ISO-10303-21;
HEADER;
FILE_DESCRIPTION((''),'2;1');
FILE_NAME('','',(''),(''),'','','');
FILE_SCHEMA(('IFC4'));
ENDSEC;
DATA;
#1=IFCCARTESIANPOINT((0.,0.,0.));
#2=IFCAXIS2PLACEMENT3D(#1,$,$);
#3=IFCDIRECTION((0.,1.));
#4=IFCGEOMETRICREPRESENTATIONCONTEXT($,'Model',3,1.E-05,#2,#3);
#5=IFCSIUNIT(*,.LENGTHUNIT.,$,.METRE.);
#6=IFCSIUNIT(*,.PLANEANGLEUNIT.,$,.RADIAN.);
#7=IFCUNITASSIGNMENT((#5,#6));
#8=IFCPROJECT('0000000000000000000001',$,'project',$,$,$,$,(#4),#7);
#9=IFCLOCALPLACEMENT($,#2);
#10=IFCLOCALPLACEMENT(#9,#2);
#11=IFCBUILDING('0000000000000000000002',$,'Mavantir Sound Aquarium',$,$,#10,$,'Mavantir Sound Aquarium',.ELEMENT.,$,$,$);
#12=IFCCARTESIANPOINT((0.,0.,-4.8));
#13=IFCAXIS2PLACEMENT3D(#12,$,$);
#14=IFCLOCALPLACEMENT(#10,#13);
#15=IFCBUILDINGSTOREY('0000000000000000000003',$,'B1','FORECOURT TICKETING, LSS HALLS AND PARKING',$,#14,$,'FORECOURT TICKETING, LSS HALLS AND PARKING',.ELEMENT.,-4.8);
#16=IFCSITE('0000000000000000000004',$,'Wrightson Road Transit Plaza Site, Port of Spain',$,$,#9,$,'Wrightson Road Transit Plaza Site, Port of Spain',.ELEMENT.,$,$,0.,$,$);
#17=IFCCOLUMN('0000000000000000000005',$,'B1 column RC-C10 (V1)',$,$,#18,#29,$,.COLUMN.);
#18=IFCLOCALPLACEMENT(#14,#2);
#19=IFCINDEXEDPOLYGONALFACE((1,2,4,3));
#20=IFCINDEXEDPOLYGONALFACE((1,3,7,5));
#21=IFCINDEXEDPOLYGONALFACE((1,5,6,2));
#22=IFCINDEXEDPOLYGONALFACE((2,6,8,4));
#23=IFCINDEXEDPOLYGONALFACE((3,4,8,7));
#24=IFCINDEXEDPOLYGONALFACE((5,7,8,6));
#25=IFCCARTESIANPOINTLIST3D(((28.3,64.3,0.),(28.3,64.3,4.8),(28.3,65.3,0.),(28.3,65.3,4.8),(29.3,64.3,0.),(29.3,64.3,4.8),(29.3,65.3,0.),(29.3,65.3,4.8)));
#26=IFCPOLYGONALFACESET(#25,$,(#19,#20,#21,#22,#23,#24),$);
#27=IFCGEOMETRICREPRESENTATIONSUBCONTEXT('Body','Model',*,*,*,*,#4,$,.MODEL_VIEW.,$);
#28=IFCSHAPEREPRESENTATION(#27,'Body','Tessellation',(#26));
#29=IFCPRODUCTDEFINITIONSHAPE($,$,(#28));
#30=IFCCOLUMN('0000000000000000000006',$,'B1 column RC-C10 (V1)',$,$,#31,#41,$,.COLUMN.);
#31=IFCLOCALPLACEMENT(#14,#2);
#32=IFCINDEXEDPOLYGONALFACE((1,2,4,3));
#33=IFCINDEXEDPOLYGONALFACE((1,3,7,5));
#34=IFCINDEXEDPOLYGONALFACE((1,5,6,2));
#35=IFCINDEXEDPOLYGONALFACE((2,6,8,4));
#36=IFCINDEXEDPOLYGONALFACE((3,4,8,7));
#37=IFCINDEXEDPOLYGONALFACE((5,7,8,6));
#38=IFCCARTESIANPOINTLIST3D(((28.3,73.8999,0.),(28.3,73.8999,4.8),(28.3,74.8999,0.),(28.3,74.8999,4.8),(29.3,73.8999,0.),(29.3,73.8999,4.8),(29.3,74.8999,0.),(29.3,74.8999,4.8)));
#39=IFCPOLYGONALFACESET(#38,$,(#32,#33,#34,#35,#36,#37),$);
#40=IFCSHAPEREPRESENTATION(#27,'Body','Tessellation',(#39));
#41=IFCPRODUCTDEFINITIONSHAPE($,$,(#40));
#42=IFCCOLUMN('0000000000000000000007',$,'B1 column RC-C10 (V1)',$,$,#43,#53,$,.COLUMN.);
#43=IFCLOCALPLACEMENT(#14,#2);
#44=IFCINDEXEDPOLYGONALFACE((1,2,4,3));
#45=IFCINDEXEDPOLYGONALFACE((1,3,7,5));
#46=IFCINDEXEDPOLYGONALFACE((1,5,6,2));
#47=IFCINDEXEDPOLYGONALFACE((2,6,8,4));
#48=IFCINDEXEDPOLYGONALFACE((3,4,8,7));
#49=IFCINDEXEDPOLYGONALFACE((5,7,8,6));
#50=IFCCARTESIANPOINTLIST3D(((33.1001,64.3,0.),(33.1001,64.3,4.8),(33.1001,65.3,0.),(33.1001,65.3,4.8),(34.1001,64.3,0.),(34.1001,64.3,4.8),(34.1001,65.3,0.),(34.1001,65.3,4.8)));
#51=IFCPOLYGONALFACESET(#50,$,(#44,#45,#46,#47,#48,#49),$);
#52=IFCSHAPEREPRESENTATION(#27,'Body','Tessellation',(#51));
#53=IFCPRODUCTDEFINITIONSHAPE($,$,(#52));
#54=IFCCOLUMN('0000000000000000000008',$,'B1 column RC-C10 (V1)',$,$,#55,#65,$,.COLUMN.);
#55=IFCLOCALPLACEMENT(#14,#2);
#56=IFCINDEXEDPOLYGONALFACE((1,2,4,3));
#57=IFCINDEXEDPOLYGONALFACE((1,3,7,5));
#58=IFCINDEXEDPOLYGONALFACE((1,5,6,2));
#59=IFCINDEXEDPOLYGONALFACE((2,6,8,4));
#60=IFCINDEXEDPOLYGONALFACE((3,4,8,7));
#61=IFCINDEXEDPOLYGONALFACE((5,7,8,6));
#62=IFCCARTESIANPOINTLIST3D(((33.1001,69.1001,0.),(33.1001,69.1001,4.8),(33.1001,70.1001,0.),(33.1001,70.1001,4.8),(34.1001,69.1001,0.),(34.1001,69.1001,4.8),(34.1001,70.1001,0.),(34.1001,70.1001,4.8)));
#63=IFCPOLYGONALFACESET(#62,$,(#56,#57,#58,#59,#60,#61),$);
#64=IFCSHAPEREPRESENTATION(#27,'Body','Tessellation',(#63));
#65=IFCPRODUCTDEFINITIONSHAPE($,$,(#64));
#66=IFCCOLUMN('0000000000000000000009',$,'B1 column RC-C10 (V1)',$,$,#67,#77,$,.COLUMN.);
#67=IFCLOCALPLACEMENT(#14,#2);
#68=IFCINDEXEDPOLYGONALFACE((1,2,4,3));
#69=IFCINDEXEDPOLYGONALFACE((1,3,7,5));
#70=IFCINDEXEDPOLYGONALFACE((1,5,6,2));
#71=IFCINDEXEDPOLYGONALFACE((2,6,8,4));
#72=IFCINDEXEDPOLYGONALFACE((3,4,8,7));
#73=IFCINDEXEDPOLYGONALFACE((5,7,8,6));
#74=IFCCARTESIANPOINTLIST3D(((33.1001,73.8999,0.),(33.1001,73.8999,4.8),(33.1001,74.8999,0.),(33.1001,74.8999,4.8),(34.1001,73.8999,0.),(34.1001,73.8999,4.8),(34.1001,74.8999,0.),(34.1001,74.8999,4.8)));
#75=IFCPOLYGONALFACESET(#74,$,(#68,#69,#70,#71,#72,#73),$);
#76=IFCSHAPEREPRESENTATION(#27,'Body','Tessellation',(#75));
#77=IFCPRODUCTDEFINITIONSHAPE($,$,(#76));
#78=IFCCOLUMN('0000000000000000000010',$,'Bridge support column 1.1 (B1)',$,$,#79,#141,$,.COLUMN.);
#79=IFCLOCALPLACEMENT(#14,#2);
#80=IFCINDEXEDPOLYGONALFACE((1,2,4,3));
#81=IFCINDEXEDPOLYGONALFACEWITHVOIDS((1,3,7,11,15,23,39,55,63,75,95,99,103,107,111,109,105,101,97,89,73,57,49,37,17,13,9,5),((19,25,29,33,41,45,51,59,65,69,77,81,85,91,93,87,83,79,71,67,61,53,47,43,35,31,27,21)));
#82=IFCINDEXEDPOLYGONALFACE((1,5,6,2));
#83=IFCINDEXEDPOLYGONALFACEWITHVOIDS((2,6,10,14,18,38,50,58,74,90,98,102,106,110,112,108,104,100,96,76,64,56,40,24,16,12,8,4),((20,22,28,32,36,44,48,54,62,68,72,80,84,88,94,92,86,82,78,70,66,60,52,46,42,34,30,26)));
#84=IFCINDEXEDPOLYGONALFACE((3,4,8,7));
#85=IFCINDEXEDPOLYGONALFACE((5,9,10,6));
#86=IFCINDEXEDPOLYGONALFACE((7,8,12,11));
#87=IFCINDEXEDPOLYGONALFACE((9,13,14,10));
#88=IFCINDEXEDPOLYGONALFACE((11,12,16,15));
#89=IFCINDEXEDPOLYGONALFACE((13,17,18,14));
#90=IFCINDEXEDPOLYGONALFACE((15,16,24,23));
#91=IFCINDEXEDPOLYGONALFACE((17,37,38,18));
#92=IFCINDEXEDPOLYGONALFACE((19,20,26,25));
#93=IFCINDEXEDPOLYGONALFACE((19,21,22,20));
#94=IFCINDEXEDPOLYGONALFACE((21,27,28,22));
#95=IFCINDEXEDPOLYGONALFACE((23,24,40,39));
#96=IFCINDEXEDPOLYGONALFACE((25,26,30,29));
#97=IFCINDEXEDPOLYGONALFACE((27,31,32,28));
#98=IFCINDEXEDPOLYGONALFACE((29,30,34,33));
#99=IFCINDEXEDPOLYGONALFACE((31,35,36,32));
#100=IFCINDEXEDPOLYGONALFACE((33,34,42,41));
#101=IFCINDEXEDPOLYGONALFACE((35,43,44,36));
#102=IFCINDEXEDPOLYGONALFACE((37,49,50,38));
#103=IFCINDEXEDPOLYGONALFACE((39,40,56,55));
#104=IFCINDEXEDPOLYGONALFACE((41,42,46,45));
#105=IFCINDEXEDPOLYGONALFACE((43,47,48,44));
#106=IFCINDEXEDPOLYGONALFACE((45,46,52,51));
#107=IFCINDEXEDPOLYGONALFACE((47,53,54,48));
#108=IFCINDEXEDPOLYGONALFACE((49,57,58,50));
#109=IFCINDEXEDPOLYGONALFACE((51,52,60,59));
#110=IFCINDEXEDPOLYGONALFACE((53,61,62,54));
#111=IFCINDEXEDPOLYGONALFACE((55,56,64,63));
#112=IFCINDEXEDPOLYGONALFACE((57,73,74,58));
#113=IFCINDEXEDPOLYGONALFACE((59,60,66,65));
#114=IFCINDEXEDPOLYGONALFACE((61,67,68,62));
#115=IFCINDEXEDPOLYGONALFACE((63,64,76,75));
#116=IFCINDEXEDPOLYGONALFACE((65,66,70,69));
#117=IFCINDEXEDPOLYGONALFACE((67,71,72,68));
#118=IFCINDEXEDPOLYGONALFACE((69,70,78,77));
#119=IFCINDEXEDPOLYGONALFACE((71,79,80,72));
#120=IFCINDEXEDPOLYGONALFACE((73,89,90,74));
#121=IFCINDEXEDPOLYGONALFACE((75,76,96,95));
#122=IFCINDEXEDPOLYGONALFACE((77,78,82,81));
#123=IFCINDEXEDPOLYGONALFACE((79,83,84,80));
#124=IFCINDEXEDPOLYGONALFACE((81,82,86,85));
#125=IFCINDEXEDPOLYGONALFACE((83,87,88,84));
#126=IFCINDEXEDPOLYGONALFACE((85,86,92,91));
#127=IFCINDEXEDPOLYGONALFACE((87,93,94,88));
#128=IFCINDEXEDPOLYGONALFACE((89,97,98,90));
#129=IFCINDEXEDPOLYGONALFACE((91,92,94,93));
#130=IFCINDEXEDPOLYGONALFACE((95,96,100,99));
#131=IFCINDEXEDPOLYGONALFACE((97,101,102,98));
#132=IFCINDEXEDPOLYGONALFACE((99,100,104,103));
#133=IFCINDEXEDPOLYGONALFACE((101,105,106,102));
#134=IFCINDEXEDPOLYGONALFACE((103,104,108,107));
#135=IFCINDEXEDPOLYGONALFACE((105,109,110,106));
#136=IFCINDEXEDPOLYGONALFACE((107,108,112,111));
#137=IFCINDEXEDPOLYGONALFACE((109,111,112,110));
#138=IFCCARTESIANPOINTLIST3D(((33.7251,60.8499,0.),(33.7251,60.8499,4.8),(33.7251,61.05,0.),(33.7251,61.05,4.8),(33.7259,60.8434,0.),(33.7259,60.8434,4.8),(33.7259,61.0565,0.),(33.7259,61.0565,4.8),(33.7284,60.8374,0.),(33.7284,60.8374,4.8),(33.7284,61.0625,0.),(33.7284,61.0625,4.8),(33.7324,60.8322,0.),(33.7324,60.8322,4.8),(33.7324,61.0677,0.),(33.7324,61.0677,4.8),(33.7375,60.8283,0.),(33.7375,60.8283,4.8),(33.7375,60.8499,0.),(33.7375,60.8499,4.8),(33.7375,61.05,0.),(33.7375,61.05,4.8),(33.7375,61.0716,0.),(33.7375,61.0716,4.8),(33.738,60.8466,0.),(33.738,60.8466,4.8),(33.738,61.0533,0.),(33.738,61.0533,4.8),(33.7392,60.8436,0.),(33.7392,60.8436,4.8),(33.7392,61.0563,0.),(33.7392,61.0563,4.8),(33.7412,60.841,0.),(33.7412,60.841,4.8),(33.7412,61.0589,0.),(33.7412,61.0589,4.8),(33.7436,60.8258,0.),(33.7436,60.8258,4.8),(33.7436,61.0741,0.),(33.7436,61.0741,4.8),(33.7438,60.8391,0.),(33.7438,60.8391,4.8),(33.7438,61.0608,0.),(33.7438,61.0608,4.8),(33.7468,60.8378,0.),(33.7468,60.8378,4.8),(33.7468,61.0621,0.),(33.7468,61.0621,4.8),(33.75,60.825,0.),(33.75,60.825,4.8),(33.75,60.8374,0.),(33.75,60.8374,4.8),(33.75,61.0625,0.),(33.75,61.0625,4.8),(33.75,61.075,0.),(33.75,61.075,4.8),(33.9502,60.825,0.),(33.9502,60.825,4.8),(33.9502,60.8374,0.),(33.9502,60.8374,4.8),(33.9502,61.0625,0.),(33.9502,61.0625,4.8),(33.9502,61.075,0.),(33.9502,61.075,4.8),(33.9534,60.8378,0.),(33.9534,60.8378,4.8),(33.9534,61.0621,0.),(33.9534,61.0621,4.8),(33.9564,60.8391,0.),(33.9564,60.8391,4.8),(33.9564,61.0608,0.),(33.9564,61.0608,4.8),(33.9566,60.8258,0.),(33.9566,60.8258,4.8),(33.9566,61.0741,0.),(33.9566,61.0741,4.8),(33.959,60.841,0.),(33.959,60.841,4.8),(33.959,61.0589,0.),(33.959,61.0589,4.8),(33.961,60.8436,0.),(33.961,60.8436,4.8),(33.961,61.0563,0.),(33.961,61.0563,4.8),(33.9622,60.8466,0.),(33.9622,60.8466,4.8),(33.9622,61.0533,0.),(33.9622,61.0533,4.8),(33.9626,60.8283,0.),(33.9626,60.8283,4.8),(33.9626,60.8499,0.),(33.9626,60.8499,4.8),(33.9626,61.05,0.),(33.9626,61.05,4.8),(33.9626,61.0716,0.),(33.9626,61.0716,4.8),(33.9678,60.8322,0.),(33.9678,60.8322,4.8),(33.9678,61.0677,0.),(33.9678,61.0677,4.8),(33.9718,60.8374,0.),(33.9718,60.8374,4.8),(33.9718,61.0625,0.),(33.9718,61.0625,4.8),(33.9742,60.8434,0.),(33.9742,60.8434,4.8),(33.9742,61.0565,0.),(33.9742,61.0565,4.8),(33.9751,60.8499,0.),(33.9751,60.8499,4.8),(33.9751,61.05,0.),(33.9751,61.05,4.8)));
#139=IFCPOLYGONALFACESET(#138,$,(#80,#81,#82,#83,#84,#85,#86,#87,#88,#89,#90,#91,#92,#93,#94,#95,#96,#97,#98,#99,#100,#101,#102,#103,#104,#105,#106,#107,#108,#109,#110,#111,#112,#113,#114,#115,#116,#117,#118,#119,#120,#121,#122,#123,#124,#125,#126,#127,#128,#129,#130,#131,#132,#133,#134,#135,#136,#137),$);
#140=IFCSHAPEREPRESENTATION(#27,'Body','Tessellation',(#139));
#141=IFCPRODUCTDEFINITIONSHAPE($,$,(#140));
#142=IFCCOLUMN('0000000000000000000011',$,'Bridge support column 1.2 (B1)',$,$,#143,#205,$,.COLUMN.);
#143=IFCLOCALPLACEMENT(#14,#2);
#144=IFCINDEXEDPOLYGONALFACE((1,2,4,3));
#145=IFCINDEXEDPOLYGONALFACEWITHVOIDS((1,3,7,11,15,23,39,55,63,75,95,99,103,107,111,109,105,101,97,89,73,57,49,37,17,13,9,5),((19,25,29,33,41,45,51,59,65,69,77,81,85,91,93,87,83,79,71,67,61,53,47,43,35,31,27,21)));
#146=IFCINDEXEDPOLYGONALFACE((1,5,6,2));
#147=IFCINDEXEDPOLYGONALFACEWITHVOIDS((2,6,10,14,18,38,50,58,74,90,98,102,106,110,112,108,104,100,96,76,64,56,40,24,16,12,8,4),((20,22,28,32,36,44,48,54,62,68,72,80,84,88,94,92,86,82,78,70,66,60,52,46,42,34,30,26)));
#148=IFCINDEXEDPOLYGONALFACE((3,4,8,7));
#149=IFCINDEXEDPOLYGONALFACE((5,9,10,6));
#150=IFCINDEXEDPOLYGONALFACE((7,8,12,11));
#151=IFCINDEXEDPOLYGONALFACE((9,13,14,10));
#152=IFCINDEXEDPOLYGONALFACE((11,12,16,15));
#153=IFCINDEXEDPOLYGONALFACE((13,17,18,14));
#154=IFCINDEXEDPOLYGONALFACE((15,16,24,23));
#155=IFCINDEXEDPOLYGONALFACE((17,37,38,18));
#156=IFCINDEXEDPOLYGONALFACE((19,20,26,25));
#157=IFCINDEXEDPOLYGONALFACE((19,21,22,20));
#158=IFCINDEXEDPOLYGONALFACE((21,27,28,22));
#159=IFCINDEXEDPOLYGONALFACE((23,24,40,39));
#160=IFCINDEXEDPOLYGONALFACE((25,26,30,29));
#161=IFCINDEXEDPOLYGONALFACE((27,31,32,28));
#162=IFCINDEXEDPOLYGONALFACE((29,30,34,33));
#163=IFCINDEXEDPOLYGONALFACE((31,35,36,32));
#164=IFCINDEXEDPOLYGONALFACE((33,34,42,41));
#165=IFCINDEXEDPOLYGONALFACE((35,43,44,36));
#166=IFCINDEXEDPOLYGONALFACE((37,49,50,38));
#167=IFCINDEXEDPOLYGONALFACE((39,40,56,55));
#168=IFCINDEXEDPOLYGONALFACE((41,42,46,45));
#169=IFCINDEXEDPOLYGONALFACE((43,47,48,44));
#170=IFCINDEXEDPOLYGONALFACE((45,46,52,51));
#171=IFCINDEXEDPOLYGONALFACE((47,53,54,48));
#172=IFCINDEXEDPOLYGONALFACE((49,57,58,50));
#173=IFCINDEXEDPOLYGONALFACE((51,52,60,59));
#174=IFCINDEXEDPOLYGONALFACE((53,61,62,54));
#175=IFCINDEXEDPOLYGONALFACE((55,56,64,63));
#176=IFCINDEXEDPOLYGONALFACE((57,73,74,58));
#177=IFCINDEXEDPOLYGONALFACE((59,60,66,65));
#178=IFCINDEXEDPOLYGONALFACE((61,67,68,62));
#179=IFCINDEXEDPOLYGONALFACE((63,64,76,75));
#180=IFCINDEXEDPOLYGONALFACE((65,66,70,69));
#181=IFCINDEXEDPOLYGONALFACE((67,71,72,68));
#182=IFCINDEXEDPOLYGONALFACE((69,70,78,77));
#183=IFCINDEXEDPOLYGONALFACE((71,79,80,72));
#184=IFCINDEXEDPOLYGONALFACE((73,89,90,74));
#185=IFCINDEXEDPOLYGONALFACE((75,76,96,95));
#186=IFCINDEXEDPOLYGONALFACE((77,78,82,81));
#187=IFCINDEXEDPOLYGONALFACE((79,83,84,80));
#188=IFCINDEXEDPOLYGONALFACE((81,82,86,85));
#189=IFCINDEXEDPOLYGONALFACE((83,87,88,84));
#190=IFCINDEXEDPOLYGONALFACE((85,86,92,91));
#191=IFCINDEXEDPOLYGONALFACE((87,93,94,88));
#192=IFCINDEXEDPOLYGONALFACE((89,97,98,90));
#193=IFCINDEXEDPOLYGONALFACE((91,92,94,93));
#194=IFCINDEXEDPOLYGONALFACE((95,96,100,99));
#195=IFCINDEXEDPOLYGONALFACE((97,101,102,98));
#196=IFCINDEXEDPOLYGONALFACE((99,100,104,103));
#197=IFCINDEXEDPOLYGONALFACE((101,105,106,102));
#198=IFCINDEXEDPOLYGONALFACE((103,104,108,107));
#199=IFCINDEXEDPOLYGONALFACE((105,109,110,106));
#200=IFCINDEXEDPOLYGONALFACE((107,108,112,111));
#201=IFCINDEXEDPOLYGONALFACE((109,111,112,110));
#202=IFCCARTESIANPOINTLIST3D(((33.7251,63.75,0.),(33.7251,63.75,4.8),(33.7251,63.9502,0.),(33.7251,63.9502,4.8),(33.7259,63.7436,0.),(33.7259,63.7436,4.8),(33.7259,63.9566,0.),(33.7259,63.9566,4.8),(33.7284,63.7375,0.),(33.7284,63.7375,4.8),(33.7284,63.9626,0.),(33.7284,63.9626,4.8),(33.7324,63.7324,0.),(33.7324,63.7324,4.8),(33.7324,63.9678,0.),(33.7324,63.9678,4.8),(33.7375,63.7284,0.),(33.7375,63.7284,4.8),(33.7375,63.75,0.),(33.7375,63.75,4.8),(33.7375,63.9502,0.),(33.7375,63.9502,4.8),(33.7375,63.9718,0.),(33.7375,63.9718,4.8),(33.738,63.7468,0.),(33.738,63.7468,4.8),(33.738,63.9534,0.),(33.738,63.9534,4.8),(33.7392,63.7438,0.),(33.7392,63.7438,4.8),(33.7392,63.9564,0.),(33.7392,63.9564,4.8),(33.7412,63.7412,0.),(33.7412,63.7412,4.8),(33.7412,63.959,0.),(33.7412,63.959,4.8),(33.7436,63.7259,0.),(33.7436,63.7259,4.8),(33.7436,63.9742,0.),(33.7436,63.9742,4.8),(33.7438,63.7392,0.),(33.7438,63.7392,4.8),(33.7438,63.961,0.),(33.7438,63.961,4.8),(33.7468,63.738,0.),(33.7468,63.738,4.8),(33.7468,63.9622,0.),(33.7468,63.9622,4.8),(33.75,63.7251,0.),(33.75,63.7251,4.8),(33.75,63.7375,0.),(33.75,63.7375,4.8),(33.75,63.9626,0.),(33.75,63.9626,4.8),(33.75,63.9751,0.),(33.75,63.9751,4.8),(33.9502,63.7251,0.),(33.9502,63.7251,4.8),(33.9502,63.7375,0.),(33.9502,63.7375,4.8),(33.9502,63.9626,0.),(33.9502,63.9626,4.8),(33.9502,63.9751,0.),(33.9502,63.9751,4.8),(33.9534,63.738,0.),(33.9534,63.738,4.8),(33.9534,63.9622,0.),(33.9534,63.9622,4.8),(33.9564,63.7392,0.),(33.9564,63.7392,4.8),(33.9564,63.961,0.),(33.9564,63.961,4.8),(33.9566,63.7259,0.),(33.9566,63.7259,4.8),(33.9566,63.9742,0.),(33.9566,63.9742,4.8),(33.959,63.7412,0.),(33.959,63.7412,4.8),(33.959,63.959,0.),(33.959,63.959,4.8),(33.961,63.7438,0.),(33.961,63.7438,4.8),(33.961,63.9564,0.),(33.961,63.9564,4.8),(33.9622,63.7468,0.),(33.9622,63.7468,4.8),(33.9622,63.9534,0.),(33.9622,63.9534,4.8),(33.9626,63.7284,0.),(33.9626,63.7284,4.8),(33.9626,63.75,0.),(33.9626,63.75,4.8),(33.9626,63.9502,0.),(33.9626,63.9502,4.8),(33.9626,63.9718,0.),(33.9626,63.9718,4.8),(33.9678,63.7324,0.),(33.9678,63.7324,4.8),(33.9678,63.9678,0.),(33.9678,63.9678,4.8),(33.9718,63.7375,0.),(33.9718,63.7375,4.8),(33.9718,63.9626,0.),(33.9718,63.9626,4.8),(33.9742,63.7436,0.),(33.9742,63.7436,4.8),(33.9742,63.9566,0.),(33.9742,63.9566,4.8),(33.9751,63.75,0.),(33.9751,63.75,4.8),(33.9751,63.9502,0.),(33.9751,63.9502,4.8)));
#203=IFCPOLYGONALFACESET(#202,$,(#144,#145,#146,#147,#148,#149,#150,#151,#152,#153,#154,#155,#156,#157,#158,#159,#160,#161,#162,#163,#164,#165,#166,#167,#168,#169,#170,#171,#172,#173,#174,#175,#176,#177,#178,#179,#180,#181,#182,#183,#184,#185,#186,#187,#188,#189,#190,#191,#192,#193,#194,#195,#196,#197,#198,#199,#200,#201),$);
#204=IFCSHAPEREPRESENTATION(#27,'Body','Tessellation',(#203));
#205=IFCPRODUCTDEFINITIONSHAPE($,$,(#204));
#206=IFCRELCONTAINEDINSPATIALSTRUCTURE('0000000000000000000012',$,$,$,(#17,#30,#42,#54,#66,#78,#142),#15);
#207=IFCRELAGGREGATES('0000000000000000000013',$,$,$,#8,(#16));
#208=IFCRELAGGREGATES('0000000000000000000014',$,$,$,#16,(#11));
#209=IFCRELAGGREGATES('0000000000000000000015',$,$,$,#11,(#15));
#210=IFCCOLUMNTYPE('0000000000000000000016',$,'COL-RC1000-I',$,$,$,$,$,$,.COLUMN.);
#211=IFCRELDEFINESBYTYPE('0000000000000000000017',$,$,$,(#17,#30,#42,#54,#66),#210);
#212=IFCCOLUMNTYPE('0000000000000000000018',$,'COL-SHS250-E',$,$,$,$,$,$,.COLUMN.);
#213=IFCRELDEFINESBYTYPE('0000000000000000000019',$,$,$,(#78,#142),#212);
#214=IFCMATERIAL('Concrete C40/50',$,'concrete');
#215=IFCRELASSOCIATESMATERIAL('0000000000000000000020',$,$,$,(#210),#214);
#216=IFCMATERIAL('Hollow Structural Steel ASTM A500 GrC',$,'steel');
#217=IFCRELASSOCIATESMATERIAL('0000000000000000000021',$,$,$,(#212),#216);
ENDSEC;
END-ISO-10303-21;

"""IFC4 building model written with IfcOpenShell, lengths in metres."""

from ifc_helpers import new_model, si_unit, direction, frame, origin, origin_2d, place, context, subcontext, project, spatial, rectangle, hollow_rectangle, extrude, material, material_profile, profile_set, type_object, element, save


model = new_model("IFC4")

# Units and contexts
model_context = context("Model", 3, precision=1e-05, world=origin(), true_north=direction((0.0, 1.0)))
body_context = subcontext(model_context, "Body", "Model", "MODEL_VIEW")
ifc_project = project(units=[si_unit("LENGTHUNIT", "METRE"), si_unit("PLANEANGLEUNIT", "RADIAN")], contexts=[model_context])

# Site, building, storey
site_placement = place(None, origin())
site = spatial("IfcSite", under=ifc_project, at=site_placement, Name="Wrightson Road Transit Plaza Site, Port of Spain", LongName="Wrightson Road Transit Plaza Site, Port of Spain", CompositionType="ELEMENT", RefElevation=0.0)
building_placement = place(site_placement, origin())
building = spatial("IfcBuilding", under=site, at=building_placement, Name="Mavantir Sound Aquarium", LongName="Mavantir Sound Aquarium", CompositionType="ELEMENT")
storey_placement = place(building_placement, frame((0.0, 0.0, -4.8)))
storey = spatial("IfcBuildingStorey", under=building, at=storey_placement, Name="B1", Description="FORECOURT TICKETING, LSS HALLS AND PARKING", LongName="FORECOURT TICKETING, LSS HALLS AND PARKING", CompositionType="ELEMENT", Elevation=-4.8)

# Columns
ifc_material_1 = material(Name="Concrete C40/50", Category="concrete")
ifc_material_profile_1 = material_profile(ifc_material_1, rectangle(XDim=1.0, YDim=1.0, at=origin_2d()), Name="RC 1000X1000")
ifc_profile_set_1 = profile_set([ifc_material_profile_1], Name="Concrete C40/50")
column_type_1 = type_object("IfcColumnType", Name="COL-RC1000-I", PredefinedType="COLUMN", material=ifc_profile_set_1)
for number, where, z_axis, x_axis, name in (
    (1, (28.8, 64.8, 0.0), (0.0, 0.0, 1.0), (1.0, 0.0, 0.0), "B1 column RC-C10 (V1)"),
    (2, (28.8, 74.3999, 0.0), (0.0, 0.0, 1.0), (1.0, 0.0, 0.0), "B1 column RC-C10 (V1)"),
    (3, (33.6001, 64.8, 0.0), (0.0, 0.0, 1.0), (1.0, 0.0, 0.0), "B1 column RC-C10 (V1)"),
    (4, (33.6001, 69.6001, 0.0), (0.0, 0.0, 1.0), (1.0, 0.0, 0.0), "B1 column RC-C10 (V1)"),
    (5, (33.6001, 74.3999, 0.0), (0.0, 0.0, 1.0), (1.0, 0.0, 0.0), "B1 column RC-C10 (V1)"),
):
    element("IfcColumn", number, at=place(storey_placement, frame(where, z_axis=z_axis, x_axis=x_axis)), inside=storey, type_object=column_type_1, Name=name, PredefinedType="COLUMN", context=body_context, shape_type="SweptSolid", body=[
        extrude(rectangle(XDim=1.0, YDim=1.0, at=origin_2d()), origin(), (0.0, 0.0, 1.0), 4.8),
    ])
ifc_material_2 = material(Name="Hollow Structural Steel ASTM A500 GrC", Category="steel")
ifc_material_profile_2 = material_profile(ifc_material_2, hollow_rectangle(XDim=0.25, YDim=0.25, WallThickness=0.0125, InnerFilletRadius=0.0125, OuterFilletRadius=0.0249, at=origin_2d()), Name="SHS 250X250X12.5")
ifc_profile_set_2 = profile_set([ifc_material_profile_2], Name="Hollow Structural Steel ASTM A500 GrC")
column_type_2 = type_object("IfcColumnType", Name="COL-SHS250-E", PredefinedType="COLUMN", material=ifc_profile_set_2)
for number, where, z_axis, x_axis, name in (
    (6, (33.8501, 60.95, 0.0), (0.0, 0.0, 1.0), (1.0, 0.0, 0.0), "Bridge support column 1.1 (B1)"),
    (7, (33.8501, 63.8501, 0.0), (0.0, 0.0, 1.0), (1.0, 0.0, 0.0), "Bridge support column 1.2 (B1)"),
):
    element("IfcColumn", number, at=place(storey_placement, frame(where, z_axis=z_axis, x_axis=x_axis)), inside=storey, type_object=column_type_2, Name=name, PredefinedType="COLUMN", context=body_context, shape_type="SweptSolid", body=[
        extrude(hollow_rectangle(XDim=0.25, YDim=0.25, WallThickness=0.0125, InnerFilletRadius=0.0125, OuterFilletRadius=0.0249, at=origin_2d()), origin(), (0.0, 0.0, 1.0), 4.8),
    ])

save(model, "model.ifc")
